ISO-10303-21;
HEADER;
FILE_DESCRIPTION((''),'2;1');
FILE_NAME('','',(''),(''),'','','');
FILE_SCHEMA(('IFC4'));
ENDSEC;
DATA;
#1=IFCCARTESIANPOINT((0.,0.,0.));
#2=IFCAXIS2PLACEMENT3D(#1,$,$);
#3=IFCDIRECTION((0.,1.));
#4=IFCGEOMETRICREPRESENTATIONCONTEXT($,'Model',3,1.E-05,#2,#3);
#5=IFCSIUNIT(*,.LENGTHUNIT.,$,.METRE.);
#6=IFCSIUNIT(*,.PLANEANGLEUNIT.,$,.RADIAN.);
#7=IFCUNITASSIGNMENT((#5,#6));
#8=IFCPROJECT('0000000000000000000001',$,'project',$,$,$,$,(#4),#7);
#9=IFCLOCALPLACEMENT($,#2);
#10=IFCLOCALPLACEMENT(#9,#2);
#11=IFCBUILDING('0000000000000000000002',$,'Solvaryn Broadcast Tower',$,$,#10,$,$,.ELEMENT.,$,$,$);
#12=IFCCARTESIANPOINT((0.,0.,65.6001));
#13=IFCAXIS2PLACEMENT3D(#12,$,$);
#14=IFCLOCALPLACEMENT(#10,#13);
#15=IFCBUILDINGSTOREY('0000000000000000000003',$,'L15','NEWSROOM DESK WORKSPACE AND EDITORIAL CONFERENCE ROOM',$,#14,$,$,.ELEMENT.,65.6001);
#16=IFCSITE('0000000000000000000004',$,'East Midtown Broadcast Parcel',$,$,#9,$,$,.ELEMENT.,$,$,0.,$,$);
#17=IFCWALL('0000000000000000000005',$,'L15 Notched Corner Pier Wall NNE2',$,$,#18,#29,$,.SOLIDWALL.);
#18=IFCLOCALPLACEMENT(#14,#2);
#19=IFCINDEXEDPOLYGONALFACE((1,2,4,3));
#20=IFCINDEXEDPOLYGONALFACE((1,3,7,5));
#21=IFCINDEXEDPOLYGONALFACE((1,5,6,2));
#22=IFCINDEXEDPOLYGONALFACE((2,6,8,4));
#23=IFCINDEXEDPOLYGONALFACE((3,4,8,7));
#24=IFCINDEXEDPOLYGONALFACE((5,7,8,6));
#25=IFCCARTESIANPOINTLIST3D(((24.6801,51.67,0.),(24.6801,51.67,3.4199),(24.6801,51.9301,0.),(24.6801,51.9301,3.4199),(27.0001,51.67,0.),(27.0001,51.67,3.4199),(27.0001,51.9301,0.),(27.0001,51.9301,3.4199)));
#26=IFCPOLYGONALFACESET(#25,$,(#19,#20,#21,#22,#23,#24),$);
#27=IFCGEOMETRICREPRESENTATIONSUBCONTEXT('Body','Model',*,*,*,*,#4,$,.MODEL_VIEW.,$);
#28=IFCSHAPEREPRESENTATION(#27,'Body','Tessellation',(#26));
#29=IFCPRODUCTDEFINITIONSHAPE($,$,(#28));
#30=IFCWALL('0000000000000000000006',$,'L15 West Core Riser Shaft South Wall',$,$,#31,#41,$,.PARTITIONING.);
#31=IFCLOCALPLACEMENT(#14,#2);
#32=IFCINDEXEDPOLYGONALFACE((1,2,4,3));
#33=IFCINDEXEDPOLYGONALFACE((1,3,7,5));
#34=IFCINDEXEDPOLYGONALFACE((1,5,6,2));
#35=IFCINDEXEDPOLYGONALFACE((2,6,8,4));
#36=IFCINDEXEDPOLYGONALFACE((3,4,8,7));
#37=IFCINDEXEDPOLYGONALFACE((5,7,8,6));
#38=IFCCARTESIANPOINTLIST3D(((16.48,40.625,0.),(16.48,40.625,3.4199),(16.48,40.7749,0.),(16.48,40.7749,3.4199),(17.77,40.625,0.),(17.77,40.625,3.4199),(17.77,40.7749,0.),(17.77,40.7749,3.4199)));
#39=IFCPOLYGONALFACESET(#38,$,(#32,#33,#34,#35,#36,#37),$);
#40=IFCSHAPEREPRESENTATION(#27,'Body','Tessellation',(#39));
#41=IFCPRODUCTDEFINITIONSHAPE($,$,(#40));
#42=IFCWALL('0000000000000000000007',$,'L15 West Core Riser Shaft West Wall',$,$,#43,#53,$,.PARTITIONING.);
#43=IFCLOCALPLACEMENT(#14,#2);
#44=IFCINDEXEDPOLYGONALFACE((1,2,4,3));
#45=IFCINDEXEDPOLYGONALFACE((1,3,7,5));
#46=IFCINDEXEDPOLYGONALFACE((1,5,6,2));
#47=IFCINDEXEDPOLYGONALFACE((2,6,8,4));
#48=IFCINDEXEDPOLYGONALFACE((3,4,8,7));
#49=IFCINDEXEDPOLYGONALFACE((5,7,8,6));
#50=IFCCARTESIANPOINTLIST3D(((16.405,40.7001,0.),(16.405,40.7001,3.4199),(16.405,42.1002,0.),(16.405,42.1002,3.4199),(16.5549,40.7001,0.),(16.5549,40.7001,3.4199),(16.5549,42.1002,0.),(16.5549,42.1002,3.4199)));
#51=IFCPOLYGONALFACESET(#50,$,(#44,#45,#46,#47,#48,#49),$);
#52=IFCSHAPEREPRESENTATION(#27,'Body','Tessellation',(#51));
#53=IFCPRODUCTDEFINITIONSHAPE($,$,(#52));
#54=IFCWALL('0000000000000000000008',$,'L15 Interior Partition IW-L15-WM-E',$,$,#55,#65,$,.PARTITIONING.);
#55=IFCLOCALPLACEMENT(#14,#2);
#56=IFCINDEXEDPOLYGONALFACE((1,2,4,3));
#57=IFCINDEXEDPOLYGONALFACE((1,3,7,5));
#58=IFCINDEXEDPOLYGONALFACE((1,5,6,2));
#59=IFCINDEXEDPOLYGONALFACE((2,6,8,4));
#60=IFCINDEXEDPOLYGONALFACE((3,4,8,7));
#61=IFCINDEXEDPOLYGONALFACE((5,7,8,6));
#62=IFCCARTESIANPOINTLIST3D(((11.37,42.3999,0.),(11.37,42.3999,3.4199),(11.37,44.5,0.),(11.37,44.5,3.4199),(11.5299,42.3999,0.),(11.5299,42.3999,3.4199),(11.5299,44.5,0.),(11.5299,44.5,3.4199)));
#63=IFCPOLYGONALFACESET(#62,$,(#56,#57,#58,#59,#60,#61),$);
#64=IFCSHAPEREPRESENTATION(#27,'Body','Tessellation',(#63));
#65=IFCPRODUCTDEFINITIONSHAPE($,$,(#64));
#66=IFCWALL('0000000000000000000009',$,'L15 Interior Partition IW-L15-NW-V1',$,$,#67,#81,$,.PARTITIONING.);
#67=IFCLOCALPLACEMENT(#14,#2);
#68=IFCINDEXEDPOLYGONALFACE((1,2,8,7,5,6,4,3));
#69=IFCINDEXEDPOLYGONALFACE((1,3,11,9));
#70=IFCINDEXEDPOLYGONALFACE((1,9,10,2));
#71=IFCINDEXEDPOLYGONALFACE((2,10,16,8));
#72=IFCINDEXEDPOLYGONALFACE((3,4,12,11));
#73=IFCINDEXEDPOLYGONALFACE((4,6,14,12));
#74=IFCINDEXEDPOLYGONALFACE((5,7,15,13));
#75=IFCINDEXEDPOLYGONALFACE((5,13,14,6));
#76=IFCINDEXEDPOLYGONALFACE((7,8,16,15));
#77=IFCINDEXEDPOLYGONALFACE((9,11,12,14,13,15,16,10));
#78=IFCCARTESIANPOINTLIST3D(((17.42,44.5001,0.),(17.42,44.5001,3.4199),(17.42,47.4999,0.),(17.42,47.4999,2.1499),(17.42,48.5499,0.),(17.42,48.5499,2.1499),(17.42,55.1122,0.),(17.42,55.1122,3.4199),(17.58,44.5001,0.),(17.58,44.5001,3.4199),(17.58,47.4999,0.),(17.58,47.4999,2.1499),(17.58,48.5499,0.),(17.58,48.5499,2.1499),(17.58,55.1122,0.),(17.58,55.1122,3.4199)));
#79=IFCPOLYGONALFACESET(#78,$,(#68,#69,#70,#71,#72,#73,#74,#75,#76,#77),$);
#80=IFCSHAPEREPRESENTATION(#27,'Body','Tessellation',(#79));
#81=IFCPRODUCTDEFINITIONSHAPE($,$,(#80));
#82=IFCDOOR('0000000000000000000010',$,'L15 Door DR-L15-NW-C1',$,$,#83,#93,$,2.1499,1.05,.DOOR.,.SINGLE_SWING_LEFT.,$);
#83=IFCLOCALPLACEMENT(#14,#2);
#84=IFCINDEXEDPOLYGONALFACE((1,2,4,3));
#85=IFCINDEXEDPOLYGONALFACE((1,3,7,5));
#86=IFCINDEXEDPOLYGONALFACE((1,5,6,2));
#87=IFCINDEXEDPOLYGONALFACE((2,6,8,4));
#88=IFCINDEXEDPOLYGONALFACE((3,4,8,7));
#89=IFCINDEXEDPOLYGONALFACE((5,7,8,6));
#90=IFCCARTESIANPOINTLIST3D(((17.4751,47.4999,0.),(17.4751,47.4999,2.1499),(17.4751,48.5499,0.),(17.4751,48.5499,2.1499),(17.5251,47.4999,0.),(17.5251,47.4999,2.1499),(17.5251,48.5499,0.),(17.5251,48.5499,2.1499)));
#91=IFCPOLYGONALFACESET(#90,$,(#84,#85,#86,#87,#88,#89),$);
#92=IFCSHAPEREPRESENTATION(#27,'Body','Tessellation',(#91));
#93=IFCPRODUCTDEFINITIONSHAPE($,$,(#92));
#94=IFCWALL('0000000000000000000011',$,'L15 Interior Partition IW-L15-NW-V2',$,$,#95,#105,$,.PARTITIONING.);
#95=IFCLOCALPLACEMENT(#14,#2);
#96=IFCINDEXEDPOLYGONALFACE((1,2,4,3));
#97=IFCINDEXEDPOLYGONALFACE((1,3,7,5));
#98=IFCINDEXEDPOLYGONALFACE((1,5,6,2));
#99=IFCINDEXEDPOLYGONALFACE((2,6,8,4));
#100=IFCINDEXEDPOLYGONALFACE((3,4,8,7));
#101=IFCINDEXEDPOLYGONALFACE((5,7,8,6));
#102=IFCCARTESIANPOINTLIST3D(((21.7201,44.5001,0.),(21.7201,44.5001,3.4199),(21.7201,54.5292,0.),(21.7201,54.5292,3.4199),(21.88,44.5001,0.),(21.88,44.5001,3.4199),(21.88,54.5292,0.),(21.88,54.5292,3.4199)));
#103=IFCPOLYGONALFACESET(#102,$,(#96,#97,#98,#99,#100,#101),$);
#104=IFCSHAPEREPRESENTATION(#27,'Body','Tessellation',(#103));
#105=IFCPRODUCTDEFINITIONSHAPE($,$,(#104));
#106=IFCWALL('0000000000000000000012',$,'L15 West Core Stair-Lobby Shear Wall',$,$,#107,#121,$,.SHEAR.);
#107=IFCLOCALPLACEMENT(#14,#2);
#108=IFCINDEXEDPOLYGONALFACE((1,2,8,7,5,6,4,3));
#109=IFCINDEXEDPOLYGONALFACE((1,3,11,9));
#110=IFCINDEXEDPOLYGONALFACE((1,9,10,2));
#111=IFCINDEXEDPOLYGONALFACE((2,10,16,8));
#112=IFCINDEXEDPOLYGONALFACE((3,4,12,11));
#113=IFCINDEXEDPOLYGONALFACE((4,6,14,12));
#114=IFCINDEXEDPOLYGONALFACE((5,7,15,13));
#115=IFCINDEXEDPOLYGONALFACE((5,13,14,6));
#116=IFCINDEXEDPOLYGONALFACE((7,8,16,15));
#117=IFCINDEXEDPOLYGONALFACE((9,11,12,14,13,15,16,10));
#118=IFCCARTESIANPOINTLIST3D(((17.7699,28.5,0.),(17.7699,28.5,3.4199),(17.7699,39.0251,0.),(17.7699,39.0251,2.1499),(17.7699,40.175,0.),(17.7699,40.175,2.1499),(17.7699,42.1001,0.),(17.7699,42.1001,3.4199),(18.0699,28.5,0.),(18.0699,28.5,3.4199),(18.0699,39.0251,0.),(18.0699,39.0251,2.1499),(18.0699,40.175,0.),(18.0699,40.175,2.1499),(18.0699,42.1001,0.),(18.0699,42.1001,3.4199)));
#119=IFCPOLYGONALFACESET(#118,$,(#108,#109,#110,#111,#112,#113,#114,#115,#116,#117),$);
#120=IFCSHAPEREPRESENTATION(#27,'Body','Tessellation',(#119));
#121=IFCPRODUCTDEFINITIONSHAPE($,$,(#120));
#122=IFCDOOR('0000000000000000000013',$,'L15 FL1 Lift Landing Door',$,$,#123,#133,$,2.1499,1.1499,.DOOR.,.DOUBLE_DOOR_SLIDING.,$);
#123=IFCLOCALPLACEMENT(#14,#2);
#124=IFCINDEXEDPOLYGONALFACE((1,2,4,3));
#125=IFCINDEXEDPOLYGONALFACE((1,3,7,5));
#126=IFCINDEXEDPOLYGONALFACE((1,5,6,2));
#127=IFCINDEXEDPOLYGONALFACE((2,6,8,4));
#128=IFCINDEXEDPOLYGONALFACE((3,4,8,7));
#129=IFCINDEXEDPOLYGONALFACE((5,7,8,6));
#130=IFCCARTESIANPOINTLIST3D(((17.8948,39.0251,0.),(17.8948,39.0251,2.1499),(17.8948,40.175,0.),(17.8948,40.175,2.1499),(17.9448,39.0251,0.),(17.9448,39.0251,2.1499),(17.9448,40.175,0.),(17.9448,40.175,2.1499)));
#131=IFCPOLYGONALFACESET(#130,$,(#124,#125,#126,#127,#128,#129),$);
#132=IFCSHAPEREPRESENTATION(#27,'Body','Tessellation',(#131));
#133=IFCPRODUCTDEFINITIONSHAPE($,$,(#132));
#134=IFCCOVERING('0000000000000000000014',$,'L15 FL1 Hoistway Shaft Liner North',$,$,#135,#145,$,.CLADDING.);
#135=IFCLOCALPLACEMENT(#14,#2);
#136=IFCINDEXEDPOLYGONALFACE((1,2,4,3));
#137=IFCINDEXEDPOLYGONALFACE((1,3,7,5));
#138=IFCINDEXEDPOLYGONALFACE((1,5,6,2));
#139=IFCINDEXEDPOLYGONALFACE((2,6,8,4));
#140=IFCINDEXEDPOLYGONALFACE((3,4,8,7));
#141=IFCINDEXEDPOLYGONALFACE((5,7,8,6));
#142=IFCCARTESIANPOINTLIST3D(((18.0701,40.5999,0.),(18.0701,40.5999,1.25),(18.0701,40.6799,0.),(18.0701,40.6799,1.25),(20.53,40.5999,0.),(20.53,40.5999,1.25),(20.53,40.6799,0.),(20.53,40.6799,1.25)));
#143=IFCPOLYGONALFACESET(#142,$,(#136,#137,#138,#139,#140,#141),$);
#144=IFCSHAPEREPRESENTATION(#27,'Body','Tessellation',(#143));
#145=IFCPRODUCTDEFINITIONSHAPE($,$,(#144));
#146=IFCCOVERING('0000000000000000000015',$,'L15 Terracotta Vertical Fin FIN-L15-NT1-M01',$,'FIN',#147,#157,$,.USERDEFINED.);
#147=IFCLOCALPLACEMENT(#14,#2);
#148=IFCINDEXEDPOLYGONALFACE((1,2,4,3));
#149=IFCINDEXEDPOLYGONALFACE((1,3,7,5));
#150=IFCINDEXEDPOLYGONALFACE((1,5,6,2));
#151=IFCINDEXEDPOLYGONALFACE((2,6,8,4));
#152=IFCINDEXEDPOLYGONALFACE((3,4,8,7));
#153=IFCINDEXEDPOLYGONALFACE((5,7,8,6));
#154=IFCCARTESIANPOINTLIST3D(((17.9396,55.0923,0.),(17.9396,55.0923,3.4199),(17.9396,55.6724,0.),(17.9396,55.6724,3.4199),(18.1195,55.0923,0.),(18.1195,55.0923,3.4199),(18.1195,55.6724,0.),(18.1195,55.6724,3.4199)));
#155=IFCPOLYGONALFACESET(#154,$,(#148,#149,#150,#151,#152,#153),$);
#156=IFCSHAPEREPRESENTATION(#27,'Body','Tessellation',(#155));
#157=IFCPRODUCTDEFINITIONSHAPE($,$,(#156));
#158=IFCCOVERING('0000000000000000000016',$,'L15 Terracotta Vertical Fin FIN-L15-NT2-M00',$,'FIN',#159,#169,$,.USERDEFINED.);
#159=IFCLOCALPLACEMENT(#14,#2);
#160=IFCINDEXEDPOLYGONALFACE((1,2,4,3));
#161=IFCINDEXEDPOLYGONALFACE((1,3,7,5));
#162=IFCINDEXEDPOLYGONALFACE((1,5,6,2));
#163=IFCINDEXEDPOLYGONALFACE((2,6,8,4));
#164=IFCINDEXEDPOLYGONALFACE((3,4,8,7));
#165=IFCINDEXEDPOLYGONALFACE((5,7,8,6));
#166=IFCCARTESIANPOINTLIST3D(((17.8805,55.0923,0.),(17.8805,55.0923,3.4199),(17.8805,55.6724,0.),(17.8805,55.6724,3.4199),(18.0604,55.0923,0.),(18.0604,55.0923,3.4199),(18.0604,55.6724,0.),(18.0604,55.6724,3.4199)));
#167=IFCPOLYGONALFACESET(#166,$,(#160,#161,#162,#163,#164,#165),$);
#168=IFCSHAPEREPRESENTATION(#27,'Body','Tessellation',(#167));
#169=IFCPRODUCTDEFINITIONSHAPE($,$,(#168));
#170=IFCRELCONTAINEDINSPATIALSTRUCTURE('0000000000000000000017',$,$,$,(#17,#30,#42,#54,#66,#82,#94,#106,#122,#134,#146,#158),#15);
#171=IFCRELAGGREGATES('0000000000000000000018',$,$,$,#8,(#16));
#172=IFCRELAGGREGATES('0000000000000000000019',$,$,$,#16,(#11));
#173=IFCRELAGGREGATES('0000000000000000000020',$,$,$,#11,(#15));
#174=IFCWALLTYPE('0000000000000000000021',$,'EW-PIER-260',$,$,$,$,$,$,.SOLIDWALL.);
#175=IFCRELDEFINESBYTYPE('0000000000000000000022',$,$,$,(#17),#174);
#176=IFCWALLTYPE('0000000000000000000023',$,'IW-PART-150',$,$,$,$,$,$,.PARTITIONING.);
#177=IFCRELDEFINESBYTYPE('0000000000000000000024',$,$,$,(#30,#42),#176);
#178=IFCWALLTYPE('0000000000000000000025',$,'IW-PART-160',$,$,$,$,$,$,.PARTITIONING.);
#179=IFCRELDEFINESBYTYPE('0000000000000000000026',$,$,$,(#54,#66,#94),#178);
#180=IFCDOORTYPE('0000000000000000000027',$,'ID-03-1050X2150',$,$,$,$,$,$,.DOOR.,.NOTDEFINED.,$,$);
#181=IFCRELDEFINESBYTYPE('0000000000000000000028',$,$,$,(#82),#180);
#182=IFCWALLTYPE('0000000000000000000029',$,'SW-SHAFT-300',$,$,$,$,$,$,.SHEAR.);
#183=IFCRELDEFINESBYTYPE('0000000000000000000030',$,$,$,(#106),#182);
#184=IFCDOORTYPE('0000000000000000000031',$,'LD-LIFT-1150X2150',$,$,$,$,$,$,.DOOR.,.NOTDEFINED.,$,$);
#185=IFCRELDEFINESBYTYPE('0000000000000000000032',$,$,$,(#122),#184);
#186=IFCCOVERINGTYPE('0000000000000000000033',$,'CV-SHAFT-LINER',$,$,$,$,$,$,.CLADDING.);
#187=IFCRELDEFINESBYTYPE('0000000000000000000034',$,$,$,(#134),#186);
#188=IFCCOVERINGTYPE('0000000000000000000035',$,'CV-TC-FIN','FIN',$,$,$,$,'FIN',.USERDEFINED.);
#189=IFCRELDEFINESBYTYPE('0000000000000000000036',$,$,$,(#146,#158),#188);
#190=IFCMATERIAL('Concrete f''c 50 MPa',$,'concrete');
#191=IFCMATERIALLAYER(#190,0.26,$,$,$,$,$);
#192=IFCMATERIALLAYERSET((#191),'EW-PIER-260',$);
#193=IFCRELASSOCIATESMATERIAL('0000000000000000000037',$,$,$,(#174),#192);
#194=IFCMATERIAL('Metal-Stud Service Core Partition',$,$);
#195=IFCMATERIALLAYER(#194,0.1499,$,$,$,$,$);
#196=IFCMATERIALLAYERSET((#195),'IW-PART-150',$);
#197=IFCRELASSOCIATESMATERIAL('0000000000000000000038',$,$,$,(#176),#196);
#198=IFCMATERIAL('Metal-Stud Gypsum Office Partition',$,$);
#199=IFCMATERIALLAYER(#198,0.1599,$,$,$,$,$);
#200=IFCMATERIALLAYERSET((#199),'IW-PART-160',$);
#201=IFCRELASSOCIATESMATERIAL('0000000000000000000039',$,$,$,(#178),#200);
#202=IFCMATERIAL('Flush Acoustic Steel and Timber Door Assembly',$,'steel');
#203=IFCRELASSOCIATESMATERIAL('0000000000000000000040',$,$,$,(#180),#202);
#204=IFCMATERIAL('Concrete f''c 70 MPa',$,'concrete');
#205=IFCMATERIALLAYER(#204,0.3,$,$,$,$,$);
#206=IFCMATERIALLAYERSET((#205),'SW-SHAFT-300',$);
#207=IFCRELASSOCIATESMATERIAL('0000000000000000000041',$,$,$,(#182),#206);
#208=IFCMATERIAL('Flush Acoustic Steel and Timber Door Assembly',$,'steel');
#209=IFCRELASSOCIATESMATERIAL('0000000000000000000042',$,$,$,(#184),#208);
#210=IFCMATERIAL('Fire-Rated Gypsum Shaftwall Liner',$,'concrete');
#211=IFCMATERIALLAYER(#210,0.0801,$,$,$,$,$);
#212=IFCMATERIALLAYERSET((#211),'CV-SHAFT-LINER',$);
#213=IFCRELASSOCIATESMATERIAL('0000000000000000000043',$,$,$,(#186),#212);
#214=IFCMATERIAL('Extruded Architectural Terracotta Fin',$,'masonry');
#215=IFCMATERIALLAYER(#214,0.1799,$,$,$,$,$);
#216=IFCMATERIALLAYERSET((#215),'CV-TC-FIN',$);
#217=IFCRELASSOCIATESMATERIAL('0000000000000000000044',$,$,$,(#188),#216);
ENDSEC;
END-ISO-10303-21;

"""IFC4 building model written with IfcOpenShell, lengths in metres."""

from ifc_helpers import new_model, si_unit, direction, frame, frame_2d, origin, origin_2d, place, context, subcontext, project, spatial, rectangle, extrude, material, layer, layer_set, type_object, element, fill, save


model = new_model("IFC4")

# Units and contexts
model_context = context("Model", 3, precision=1e-05, world=origin(), true_north=direction((0.0, 1.0)))
body_context = subcontext(model_context, "Body", "Model", "MODEL_VIEW")
ifc_project = project(units=[si_unit("LENGTHUNIT", "METRE"), si_unit("PLANEANGLEUNIT", "RADIAN")], contexts=[model_context])

# Site, building, storey
site_placement = place(None, origin())
site = spatial("IfcSite", under=ifc_project, at=site_placement, Name="East Midtown Broadcast Parcel", CompositionType="ELEMENT", RefElevation=0.0)
building_placement = place(site_placement, origin())
building = spatial("IfcBuilding", under=site, at=building_placement, Name="Solvaryn Broadcast Tower", CompositionType="ELEMENT")
storey_placement = place(building_placement, frame((0.0, 0.0, 65.6001)))
storey = spatial("IfcBuildingStorey", under=building, at=storey_placement, Name="L15", Description="NEWSROOM DESK WORKSPACE AND EDITORIAL CONFERENCE ROOM", CompositionType="ELEMENT", Elevation=65.6001)

# Walls
ifc_material_1 = material(Name="Concrete f'c 50 MPa", Category="concrete")
ifc_layer_1 = layer(ifc_material_1, 0.26)
ifc_layer_set_1 = layer_set([ifc_layer_1], Name="EW-PIER-260")
wall_type_1 = type_object("IfcWallType", Name="EW-PIER-260", PredefinedType="SOLIDWALL", material=ifc_layer_set_1)
wall_1_placement = place(storey_placement, frame((24.6799, 51.8, 0.0), z_axis=(0.0, 0.0, 1.0), x_axis=(1.0, 0.0, 0.0)))
element("IfcWall", 1, at=wall_1_placement, inside=storey, type_object=wall_type_1, Name="L15 Notched Corner Pier Wall NNE2", PredefinedType="SOLIDWALL", context=body_context, shape_type="SweptSolid", body=[
    extrude(rectangle(XDim=2.3201, YDim=0.26, at=frame_2d((1.1602, 0.0))), origin(), (0.0, 0.0, 1.0), 3.4199),
])
ifc_material_2 = material(Name="Metal-Stud Service Core Partition")
ifc_layer_2 = layer(ifc_material_2, 0.1499)
ifc_layer_set_2 = layer_set([ifc_layer_2], Name="IW-PART-150")
wall_type_2 = type_object("IfcWallType", Name="IW-PART-150", PredefinedType="PARTITIONING", material=ifc_layer_set_2)
wall_2_placement = place(storey_placement, frame((16.48, 40.7, 0.0), z_axis=(0.0, 0.0, 1.0), x_axis=(1.0, 0.0, 0.0)))
element("IfcWall", 2, at=wall_2_placement, inside=storey, type_object=wall_type_2, Name="L15 West Core Riser Shaft South Wall", PredefinedType="PARTITIONING", context=body_context, shape_type="SweptSolid", body=[
    extrude(rectangle(XDim=1.29, YDim=0.1499, at=frame_2d((0.645, 0.0))), origin(), (0.0, 0.0, 1.0), 3.4199),
])
wall_3_placement = place(storey_placement, frame((16.48, 40.7, 0.0), z_axis=(0.0, 0.0, 1.0), x_axis=(0.0, 1.0, 0.0)))
element("IfcWall", 3, at=wall_3_placement, inside=storey, type_object=wall_type_2, Name="L15 West Core Riser Shaft West Wall", PredefinedType="PARTITIONING", context=body_context, shape_type="SweptSolid", body=[
    extrude(rectangle(XDim=1.4001, YDim=0.1499, at=frame_2d((0.7002, 0.0))), origin(), (0.0, 0.0, 1.0), 3.4199),
])
ifc_material_3 = material(Name="Metal-Stud Gypsum Office Partition")
ifc_layer_3 = layer(ifc_material_3, 0.1599)
ifc_layer_set_3 = layer_set([ifc_layer_3], Name="IW-PART-160")
wall_type_3 = type_object("IfcWallType", Name="IW-PART-160", PredefinedType="PARTITIONING", material=ifc_layer_set_3)
wall_4_placement = place(storey_placement, frame((11.45, 42.3999, 0.0), z_axis=(0.0, 0.0, 1.0), x_axis=(0.0, 1.0, 0.0)))
element("IfcWall", 4, at=wall_4_placement, inside=storey, type_object=wall_type_3, Name="L15 Interior Partition IW-L15-WM-E", PredefinedType="PARTITIONING", context=body_context, shape_type="SweptSolid", body=[
    extrude(rectangle(XDim=2.1001, YDim=0.1599, at=frame_2d((1.05, 0.0))), origin(), (0.0, 0.0, 1.0), 3.4199),
])

# Wall, opening, door
wall_5_placement = place(storey_placement, frame((17.5, 44.5, 0.0), z_axis=(0.0, 0.0, 1.0), x_axis=(0.0, 1.0, 0.0)))
wall_5 = element("IfcWall", 5, at=wall_5_placement, inside=storey, type_object=wall_type_3, Name="L15 Interior Partition IW-L15-NW-V1", PredefinedType="PARTITIONING", context=body_context, shape_type="SweptSolid", body=[
    extrude(rectangle(XDim=10.6121, YDim=0.1599, at=frame_2d((5.3062, 0.0))), origin(), (0.0, 0.0, 1.0), 3.4199),
])
opening_1_placement = place(wall_5_placement, frame((3.0, 0.0, 0.0)))
opening_1 = element("IfcOpeningElement", 6, at=opening_1_placement, cuts=wall_5, PredefinedType="OPENING", context=body_context, shape_type="SweptSolid", body=[
    extrude(rectangle(XDim=1.05, YDim=2.1499, at=frame_2d((0.5249, 1.075))), frame((0.0, 0.0901, 0.0), z_axis=(0.0, -1.0, 0.0), x_axis=(1.0, 0.0, 0.0)), (0.0, 0.0, 1.0), 0.1799),
])
ifc_material_4 = material(Name="Flush Acoustic Steel and Timber Door Assembly", Category="steel")
door_type_1 = type_object("IfcDoorType", Name="ID-03-1050X2150", OperationType="NOTDEFINED", PredefinedType="DOOR", material=ifc_material_4)
door_1_placement = place(opening_1_placement, origin())
door_1 = element("IfcDoor", 7, at=door_1_placement, inside=storey, type_object=door_type_1, Name="L15 Door DR-L15-NW-C1", OperationType="SINGLE_SWING_LEFT", OverallHeight=2.1499, OverallWidth=1.05, PredefinedType="DOOR", context=body_context, shape_type="SweptSolid", body=[
    extrude(rectangle(XDim=1.05, YDim=2.1499, at=frame_2d((0.5249, 1.075))), frame((0.0, 0.0249, 0.0), z_axis=(0.0, -1.0, 0.0), x_axis=(1.0, 0.0, 0.0)), (0.0, 0.0, 1.0), 0.05),
])
fill(opening_1, door_1)

# Wall
wall_6_placement = place(storey_placement, frame((21.8, 44.5, 0.0), z_axis=(0.0, 0.0, 1.0), x_axis=(0.0, 1.0, 0.0)))
element("IfcWall", 8, at=wall_6_placement, inside=storey, type_object=wall_type_3, Name="L15 Interior Partition IW-L15-NW-V2", PredefinedType="PARTITIONING", context=body_context, shape_type="SweptSolid", body=[
    extrude(rectangle(XDim=10.0291, YDim=0.1599, at=frame_2d((5.0146, 0.0))), origin(), (0.0, 0.0, 1.0), 3.4199),
])

# Wall, opening, door
ifc_material_5 = material(Name="Concrete f'c 70 MPa", Category="concrete")
ifc_layer_4 = layer(ifc_material_5, 0.3)
ifc_layer_set_4 = layer_set([ifc_layer_4], Name="SW-SHAFT-300")
wall_type_4 = type_object("IfcWallType", Name="SW-SHAFT-300", PredefinedType="SHEAR", material=ifc_layer_set_4)
wall_7_placement = place(storey_placement, frame((17.9199, 42.1001, 0.0), z_axis=(0.0, 0.0, 1.0), x_axis=(0.0, -1.0, 0.0)))
wall_7 = element("IfcWall", 9, at=wall_7_placement, inside=storey, type_object=wall_type_4, Name="L15 West Core Stair-Lobby Shear Wall", PredefinedType="SHEAR", context=body_context, shape_type="SweptSolid", body=[
    extrude(rectangle(XDim=13.6001, YDim=0.3, at=frame_2d((6.8, 0.0))), origin(), (0.0, 0.0, 1.0), 3.4199),
])
opening_2_placement = place(wall_7_placement, frame((1.925, 0.0, 0.0)))
opening_2 = element("IfcOpeningElement", 10, at=opening_2_placement, cuts=wall_7, PredefinedType="OPENING", context=body_context, shape_type="SweptSolid", body=[
    extrude(rectangle(XDim=1.1499, YDim=2.1499, at=frame_2d((0.575, 1.075))), frame((0.0, 0.1599, 0.0), z_axis=(0.0, -1.0, 0.0), x_axis=(1.0, 0.0, 0.0)), (0.0, 0.0, 1.0), 0.3201),
])
ifc_material_6 = material(Name="Flush Acoustic Steel and Timber Door Assembly", Category="steel")
door_type_2 = type_object("IfcDoorType", Name="LD-LIFT-1150X2150", OperationType="NOTDEFINED", PredefinedType="DOOR", material=ifc_material_6)
door_2_placement = place(opening_2_placement, origin())
door_2 = element("IfcDoor", 11, at=door_2_placement, inside=storey, type_object=door_type_2, Name="L15 FL1 Lift Landing Door", OperationType="DOUBLE_DOOR_SLIDING", OverallHeight=2.1499, OverallWidth=1.1499, PredefinedType="DOOR", context=body_context, shape_type="SweptSolid", body=[
    extrude(rectangle(XDim=1.1499, YDim=2.1499, at=frame_2d((0.575, 1.075))), frame((0.0, 0.0249, 0.0), z_axis=(0.0, -1.0, 0.0), x_axis=(1.0, 0.0, 0.0)), (0.0, 0.0, 1.0), 0.05),
])
fill(opening_2, door_2)

# Coverings
ifc_material_7 = material(Name="Fire-Rated Gypsum Shaftwall Liner", Category="concrete")
ifc_layer_5 = layer(ifc_material_7, 0.0801)
ifc_layer_set_5 = layer_set([ifc_layer_5], Name="CV-SHAFT-LINER")
covering_type_1 = type_object("IfcCoveringType", Name="CV-SHAFT-LINER", PredefinedType="CLADDING", material=ifc_layer_set_5)
covering_placement = place(storey_placement, frame((19.3, 40.6399, 0.0), z_axis=(0.0, 0.0, 1.0), x_axis=(1.0, 0.0, 0.0)))
element("IfcCovering", 12, at=covering_placement, inside=storey, type_object=covering_type_1, Name="L15 FL1 Hoistway Shaft Liner North", PredefinedType="CLADDING", context=body_context, shape_type="SweptSolid", body=[
    extrude(rectangle(XDim=2.46, YDim=0.0801, at=origin_2d()), origin(), (0.0, 0.0, 1.0), 1.25),
])
ifc_material_8 = material(Name="Extruded Architectural Terracotta Fin", Category="masonry")
ifc_layer_6 = layer(ifc_material_8, 0.1799)
ifc_layer_set_6 = layer_set([ifc_layer_6], Name="CV-TC-FIN")
covering_type_2 = type_object("IfcCoveringType", Name="CV-TC-FIN", Description="FIN", ElementType="FIN", PredefinedType="USERDEFINED", material=ifc_layer_set_6)
for number, where, z_axis, x_axis, name in (
    (13, (18.0295, 55.3823, 0.0), (0.0, 0.0, 1.0), (1.0, 0.0, 0.0), "L15 Terracotta Vertical Fin FIN-L15-NT1-M01"),
    (14, (17.9705, 55.3823, 0.0), (0.0, 0.0, 1.0), (1.0, 0.0, 0.0), "L15 Terracotta Vertical Fin FIN-L15-NT2-M00"),
):
    element("IfcCovering", number, at=place(storey_placement, frame(where, z_axis=z_axis, x_axis=x_axis)), inside=storey, type_object=covering_type_2, Name=name, ObjectType="FIN", PredefinedType="USERDEFINED", context=body_context, shape_type="SweptSolid", body=[
        extrude(rectangle(XDim=0.1799, YDim=0.5801, at=origin_2d()), origin(), (0.0, 0.0, 1.0), 3.4199),
    ])

save(model, "model.ifc")
